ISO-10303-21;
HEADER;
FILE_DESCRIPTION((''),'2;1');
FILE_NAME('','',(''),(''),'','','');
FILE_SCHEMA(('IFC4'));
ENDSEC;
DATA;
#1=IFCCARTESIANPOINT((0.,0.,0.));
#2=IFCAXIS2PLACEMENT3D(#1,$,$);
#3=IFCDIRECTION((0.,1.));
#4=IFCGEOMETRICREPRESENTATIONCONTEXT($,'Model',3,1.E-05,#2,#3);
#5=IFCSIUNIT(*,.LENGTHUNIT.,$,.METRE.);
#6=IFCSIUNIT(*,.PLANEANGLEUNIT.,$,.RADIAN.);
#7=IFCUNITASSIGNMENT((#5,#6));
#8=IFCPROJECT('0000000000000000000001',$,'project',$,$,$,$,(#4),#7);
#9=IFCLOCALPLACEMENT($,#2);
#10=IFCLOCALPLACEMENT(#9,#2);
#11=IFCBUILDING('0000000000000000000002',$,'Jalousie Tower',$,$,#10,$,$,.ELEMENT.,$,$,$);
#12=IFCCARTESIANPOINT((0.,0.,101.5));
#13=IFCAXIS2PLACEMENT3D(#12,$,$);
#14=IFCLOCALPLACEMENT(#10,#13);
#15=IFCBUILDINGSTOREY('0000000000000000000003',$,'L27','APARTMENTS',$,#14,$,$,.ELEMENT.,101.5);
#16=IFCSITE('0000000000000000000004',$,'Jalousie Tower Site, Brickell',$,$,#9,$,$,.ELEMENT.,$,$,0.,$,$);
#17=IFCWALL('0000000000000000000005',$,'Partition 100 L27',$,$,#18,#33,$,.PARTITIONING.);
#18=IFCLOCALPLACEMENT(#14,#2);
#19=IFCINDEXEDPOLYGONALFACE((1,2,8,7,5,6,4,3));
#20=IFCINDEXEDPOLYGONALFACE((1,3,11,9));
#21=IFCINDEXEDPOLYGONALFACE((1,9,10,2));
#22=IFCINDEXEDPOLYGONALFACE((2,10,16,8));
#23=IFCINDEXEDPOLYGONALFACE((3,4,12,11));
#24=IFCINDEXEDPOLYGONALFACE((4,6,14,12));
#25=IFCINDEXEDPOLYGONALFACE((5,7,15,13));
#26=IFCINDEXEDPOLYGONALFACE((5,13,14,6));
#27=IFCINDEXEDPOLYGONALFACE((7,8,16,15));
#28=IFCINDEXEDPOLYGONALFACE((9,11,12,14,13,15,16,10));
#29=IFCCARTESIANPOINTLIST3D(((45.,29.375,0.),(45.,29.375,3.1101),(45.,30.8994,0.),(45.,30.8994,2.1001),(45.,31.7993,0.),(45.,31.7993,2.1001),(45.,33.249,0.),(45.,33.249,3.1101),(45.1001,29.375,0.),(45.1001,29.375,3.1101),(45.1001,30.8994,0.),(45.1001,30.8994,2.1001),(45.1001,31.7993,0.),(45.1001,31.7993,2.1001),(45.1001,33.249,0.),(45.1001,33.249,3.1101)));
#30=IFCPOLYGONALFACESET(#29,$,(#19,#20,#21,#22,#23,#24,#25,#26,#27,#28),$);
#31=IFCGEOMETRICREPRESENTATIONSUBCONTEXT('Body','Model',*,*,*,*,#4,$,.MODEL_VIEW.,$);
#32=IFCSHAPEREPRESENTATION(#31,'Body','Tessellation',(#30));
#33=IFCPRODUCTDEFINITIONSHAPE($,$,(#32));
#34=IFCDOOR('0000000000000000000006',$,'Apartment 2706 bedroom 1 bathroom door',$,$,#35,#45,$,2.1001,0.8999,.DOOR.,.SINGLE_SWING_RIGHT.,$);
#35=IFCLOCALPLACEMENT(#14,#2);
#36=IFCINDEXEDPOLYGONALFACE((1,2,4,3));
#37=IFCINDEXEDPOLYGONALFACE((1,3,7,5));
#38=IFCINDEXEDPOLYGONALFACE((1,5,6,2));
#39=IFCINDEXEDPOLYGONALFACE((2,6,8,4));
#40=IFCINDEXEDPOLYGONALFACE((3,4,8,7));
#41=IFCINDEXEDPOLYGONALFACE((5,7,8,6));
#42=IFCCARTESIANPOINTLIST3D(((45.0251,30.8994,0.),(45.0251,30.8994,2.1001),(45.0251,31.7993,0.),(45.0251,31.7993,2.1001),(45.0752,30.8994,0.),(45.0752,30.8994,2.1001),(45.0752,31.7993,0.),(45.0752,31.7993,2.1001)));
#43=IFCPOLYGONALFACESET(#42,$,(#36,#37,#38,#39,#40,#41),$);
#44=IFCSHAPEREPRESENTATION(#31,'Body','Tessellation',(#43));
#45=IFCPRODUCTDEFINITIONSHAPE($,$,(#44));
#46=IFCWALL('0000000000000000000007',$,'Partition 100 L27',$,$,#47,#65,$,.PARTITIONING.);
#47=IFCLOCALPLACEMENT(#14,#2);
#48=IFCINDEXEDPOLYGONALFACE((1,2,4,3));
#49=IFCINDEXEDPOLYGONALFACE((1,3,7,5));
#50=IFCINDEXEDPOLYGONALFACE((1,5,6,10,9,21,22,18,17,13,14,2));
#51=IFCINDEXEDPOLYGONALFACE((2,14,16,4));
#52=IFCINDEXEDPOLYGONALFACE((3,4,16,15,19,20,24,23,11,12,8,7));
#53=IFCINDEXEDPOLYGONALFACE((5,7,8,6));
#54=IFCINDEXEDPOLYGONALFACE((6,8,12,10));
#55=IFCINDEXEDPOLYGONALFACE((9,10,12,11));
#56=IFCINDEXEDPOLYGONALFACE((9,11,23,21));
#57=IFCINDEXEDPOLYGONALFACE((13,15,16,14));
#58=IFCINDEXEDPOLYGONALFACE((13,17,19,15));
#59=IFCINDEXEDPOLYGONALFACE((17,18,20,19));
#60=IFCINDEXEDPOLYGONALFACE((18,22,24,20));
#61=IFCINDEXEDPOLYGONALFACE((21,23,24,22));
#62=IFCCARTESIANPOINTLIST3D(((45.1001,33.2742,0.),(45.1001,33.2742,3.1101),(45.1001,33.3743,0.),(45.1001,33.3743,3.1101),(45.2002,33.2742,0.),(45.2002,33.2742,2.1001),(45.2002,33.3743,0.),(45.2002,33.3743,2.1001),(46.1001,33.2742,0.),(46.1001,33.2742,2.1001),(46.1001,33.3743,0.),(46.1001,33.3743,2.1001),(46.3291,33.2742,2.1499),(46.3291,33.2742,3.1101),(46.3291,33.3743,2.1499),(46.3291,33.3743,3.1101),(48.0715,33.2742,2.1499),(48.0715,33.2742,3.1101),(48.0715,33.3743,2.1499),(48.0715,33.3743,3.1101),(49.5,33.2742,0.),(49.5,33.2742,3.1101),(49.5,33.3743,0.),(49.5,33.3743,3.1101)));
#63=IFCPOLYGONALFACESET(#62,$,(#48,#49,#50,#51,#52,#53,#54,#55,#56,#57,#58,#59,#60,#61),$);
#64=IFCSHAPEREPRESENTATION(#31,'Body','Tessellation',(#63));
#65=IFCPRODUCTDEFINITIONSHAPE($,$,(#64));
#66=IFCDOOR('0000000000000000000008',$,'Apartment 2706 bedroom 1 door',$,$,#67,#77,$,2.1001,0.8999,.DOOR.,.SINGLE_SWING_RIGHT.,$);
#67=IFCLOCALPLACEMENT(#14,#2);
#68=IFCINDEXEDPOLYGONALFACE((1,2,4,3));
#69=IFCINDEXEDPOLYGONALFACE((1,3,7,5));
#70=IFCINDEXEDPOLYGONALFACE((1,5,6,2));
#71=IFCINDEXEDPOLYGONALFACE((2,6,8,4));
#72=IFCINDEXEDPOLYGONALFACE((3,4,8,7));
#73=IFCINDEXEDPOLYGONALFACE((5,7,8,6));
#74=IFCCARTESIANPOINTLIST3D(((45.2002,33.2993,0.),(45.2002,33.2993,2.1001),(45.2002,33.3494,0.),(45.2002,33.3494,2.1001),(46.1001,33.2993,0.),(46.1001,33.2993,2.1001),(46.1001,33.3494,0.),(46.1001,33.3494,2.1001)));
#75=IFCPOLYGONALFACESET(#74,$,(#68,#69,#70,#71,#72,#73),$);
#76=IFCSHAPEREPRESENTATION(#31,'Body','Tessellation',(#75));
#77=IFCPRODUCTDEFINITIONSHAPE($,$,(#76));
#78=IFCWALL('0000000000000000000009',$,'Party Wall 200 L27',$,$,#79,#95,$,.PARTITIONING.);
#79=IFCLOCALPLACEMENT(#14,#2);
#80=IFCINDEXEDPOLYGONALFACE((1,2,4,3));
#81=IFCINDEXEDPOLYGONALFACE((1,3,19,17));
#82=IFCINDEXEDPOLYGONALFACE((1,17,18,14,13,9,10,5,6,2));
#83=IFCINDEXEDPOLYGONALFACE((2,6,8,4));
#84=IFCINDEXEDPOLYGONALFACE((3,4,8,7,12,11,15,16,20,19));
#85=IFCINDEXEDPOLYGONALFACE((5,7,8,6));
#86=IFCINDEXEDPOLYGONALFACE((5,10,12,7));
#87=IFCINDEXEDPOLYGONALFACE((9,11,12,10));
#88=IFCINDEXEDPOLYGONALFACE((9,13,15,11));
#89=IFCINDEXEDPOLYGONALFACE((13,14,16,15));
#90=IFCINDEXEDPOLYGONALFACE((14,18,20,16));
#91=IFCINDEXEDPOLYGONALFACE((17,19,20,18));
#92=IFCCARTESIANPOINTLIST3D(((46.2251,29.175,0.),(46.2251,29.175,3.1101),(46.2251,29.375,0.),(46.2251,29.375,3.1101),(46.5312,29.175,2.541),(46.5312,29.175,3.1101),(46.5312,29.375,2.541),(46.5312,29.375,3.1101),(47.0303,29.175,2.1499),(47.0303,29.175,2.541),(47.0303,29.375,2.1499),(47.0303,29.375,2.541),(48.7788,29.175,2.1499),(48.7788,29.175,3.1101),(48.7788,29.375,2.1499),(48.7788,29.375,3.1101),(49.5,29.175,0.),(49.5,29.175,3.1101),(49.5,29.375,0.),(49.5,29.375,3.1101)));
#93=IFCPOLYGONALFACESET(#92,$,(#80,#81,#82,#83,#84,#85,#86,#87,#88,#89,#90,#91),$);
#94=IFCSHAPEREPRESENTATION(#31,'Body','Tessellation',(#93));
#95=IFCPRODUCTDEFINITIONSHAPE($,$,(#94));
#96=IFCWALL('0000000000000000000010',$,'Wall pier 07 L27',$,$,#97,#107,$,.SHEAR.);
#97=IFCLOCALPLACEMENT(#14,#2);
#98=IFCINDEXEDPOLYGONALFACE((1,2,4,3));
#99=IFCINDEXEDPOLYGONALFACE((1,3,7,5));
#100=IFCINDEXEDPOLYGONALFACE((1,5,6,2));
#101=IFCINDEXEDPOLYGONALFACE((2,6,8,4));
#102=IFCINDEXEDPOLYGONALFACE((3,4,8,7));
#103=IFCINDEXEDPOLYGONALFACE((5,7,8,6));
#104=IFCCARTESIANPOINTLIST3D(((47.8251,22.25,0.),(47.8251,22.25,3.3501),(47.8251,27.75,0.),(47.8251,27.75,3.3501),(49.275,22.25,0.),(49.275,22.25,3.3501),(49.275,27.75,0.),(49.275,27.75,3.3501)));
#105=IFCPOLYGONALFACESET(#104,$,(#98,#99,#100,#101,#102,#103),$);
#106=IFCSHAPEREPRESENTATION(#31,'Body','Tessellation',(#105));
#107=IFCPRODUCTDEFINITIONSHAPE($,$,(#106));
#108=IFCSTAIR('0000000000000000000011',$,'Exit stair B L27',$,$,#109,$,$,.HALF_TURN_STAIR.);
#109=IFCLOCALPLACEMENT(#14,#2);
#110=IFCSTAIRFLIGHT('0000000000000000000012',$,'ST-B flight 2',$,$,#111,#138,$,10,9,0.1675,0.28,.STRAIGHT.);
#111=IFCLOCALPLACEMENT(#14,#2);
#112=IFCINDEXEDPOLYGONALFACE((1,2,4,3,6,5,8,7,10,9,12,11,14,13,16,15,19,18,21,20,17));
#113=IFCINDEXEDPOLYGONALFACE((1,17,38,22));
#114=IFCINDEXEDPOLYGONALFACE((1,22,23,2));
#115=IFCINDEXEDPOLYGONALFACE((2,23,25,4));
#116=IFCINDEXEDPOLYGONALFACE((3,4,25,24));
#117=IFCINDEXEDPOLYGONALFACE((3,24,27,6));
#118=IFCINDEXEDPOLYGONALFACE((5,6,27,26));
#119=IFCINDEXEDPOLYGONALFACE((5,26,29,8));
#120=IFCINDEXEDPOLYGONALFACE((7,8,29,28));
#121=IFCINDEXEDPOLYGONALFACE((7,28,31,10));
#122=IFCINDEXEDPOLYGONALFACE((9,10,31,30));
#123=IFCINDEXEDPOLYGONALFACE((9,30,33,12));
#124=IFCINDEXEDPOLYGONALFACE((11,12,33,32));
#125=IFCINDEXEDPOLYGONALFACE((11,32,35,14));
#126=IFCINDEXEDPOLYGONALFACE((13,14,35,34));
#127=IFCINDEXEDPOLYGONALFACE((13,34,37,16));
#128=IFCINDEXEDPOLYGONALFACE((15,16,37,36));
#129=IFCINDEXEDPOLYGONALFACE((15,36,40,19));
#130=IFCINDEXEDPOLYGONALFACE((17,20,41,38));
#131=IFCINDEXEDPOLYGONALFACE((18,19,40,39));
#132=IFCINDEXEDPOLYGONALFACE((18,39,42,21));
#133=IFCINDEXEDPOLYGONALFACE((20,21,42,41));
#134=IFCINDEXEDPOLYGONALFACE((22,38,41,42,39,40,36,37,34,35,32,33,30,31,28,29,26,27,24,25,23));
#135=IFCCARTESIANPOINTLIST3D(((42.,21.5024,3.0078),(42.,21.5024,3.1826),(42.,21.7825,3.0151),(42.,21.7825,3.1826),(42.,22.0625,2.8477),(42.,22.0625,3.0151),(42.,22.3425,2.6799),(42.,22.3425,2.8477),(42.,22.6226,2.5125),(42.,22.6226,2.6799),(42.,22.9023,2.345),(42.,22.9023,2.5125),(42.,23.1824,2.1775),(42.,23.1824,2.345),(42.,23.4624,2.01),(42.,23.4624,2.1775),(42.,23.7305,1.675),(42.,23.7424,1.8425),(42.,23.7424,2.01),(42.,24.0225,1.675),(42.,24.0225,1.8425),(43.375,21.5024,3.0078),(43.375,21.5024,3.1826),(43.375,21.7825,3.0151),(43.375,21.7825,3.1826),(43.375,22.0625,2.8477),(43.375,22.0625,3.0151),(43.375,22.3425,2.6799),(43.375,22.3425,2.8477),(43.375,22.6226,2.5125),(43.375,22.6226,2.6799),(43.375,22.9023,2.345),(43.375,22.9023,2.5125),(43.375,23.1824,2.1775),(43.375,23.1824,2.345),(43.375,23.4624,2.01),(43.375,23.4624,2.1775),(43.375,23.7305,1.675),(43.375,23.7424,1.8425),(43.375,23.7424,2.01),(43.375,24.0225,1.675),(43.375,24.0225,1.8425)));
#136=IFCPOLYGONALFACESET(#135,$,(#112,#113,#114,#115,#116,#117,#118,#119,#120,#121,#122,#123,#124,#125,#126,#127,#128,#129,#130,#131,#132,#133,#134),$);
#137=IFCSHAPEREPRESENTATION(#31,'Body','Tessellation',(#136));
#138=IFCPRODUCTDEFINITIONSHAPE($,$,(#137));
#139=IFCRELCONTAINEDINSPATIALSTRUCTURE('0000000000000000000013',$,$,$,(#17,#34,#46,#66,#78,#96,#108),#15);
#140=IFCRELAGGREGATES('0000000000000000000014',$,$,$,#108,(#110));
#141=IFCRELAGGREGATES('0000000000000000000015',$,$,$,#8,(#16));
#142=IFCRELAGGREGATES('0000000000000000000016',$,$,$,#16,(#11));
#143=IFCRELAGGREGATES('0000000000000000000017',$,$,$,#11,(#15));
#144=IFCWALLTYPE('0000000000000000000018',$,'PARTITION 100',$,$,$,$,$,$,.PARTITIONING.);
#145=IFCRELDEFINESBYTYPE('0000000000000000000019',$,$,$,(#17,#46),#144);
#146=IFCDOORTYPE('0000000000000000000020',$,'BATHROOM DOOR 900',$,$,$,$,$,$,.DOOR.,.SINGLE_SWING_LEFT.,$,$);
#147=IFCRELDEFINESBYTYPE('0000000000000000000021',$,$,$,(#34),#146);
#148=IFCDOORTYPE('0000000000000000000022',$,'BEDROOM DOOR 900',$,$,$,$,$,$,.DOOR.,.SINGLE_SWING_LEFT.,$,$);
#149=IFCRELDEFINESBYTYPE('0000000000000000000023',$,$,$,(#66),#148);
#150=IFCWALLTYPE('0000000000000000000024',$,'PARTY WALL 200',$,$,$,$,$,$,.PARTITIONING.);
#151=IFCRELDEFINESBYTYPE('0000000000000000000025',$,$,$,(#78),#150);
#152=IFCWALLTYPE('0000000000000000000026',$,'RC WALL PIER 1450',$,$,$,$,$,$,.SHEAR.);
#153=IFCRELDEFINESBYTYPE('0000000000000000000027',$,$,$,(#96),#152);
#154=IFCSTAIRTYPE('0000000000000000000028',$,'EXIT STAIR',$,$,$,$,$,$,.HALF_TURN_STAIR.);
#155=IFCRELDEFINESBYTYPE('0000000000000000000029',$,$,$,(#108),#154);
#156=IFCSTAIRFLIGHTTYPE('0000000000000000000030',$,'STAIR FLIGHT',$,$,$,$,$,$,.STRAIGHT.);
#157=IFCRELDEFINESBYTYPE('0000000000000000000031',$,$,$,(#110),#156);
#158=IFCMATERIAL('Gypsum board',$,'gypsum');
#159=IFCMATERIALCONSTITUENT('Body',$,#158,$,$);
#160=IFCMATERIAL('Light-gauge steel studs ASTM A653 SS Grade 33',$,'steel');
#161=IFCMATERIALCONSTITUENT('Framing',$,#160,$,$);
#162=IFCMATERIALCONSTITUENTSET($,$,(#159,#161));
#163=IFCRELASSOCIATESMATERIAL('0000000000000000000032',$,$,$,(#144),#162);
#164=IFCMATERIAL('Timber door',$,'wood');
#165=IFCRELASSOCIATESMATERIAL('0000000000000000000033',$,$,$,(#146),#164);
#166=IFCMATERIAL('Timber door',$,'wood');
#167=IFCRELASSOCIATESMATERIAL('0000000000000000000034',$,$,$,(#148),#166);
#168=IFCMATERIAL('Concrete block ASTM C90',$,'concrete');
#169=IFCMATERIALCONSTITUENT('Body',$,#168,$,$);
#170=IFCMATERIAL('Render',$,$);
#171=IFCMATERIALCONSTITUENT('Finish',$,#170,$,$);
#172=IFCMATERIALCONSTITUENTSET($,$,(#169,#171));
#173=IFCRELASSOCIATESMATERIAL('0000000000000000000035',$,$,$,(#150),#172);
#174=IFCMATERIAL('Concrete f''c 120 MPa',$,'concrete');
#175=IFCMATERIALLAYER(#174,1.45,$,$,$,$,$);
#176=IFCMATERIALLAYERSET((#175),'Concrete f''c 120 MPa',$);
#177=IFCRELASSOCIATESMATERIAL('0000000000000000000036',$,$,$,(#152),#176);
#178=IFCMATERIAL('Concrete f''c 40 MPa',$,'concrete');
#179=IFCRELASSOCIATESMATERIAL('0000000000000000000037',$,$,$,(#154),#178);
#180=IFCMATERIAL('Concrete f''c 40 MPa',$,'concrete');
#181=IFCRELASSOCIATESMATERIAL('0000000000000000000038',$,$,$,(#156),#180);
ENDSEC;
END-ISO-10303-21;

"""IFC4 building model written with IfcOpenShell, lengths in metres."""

from ifc_helpers import new_model, si_unit, direction, frame, frame_2d, origin, place, context, subcontext, project, spatial, polyline, rectangle, outline, extrude, material, layer, layer_set, constituent, constituent_set, type_object, element, fill, aggregate, save


model = new_model("IFC4")

# Units and contexts
model_context = context("Model", 3, precision=1e-05, world=origin(), true_north=direction((0.0, 1.0)))
body_context = subcontext(model_context, "Body", "Model", "MODEL_VIEW")
ifc_project = project(units=[si_unit("LENGTHUNIT", "METRE"), si_unit("PLANEANGLEUNIT", "RADIAN")], contexts=[model_context])

# Site, building, storey
site_placement = place(None, origin())
site = spatial("IfcSite", under=ifc_project, at=site_placement, Name="Jalousie Tower Site, Brickell", CompositionType="ELEMENT", RefElevation=0.0)
building_placement = place(site_placement, origin())
building = spatial("IfcBuilding", under=site, at=building_placement, Name="Jalousie Tower", CompositionType="ELEMENT")
storey_placement = place(building_placement, frame((0.0, 0.0, 101.5)))
storey = spatial("IfcBuildingStorey", under=building, at=storey_placement, Name="L27", Description="APARTMENTS", CompositionType="ELEMENT", Elevation=101.5)

# Walls, openings, doors
ifc_material_1 = material(Name="Gypsum board", Category="gypsum")
ifc_constituent_1 = constituent(ifc_material_1, Name="Body")
ifc_material_2 = material(Name="Light-gauge steel studs ASTM A653 SS Grade 33", Category="steel")
ifc_constituent_2 = constituent(ifc_material_2, Name="Framing")
ifc_constituent_set_1 = constituent_set(constituents=[ifc_constituent_1, ifc_constituent_2])
wall_type_1 = type_object("IfcWallType", Name="PARTITION 100", PredefinedType="PARTITIONING", material=ifc_constituent_set_1)
wall_1_placement = place(storey_placement, frame((45.05, 33.249, 0.0), z_axis=(0.0, 0.0, 1.0), x_axis=(0.0, -1.0, 0.0)))
wall_1 = element("IfcWall", 1, at=wall_1_placement, inside=storey, type_object=wall_type_1, Name="Partition 100 L27", PredefinedType="PARTITIONING", context=body_context, shape_type="SweptSolid", body=[
    extrude(rectangle(XDim=3.874, YDim=0.1001, at=frame_2d((1.937, 0.0))), origin(), (0.0, 0.0, 1.0), 3.1101),
])
opening_1_placement = place(wall_1_placement, frame((1.4497, 0.0, 0.0)))
opening_1 = element("IfcOpeningElement", 2, at=opening_1_placement, cuts=wall_1, PredefinedType="OPENING", context=body_context, shape_type="SweptSolid", body=[
    extrude(rectangle(XDim=0.8999, YDim=2.1001, at=frame_2d((0.45, 1.05))), frame((0.0, 0.0601, 0.0), z_axis=(0.0, -1.0, 0.0), x_axis=(1.0, 0.0, 0.0)), (0.0, 0.0, 1.0), 0.1201),
])
ifc_material_3 = material(Name="Timber door", Category="wood")
door_type_1 = type_object("IfcDoorType", Name="BATHROOM DOOR 900", OperationType="SINGLE_SWING_LEFT", PredefinedType="DOOR", material=ifc_material_3)
door_1_placement = place(opening_1_placement, frame((0.8999, 0.0, 0.0), z_axis=(0.0, 0.0, 1.0), x_axis=(-1.0, 0.0, 0.0)))
door_1 = element("IfcDoor", 3, at=door_1_placement, inside=storey, type_object=door_type_1, Name="Apartment 2706 bedroom 1 bathroom door", OperationType="SINGLE_SWING_RIGHT", OverallHeight=2.1001, OverallWidth=0.8999, PredefinedType="DOOR", context=body_context, shape_type="SweptSolid", body=[
    extrude(rectangle(XDim=0.8999, YDim=2.1001, at=frame_2d((0.45, 1.05))), frame((0.0, 0.0249, 0.0), z_axis=(0.0, -1.0, 0.0), x_axis=(1.0, 0.0, 0.0)), (0.0, 0.0, 1.0), 0.05),
])
fill(opening_1, door_1)
wall_2_placement = place(storey_placement, frame((45.1001, 33.3242, 0.0), z_axis=(0.0, 0.0, 1.0), x_axis=(1.0, 0.0, 0.0)))
wall_2 = element("IfcWall", 4, at=wall_2_placement, inside=storey, type_object=wall_type_1, Name="Partition 100 L27", PredefinedType="PARTITIONING", context=body_context, shape_type="SweptSolid", body=[
    extrude(outline(polyline([(0.0, 0.0), (4.3999, 0.0), (4.3999, 3.1101), (2.9714, 3.1101), (2.9714, 2.1499), (1.229, 2.1499), (1.229, 3.1101), (0.0, 3.1101), (0.0, 0.0)])), frame((0.0, 0.05, 0.0), z_axis=(0.0, -1.0, 0.0), x_axis=(1.0, 0.0, 0.0)), (0.0, 0.0, 1.0), 0.1001),
])
opening_2_placement = place(wall_2_placement, frame((0.1001, 0.0, 0.0)))
opening_2 = element("IfcOpeningElement", 5, at=opening_2_placement, cuts=wall_2, PredefinedType="OPENING", context=body_context, shape_type="SweptSolid", body=[
    extrude(rectangle(XDim=0.8999, YDim=2.1001, at=frame_2d((0.45, 1.05))), frame((0.0, 0.0601, 0.0), z_axis=(0.0, -1.0, 0.0), x_axis=(1.0, 0.0, 0.0)), (0.0, 0.0, 1.0), 0.1201),
])
ifc_material_4 = material(Name="Timber door", Category="wood")
door_type_2 = type_object("IfcDoorType", Name="BEDROOM DOOR 900", OperationType="SINGLE_SWING_LEFT", PredefinedType="DOOR", material=ifc_material_4)
door_2_placement = place(opening_2_placement, frame((0.8999, 0.0, 0.0), z_axis=(0.0, 0.0, 1.0), x_axis=(-1.0, 0.0, 0.0)))
door_2 = element("IfcDoor", 6, at=door_2_placement, inside=storey, type_object=door_type_2, Name="Apartment 2706 bedroom 1 door", OperationType="SINGLE_SWING_RIGHT", OverallHeight=2.1001, OverallWidth=0.8999, PredefinedType="DOOR", context=body_context, shape_type="SweptSolid", body=[
    extrude(rectangle(XDim=0.8999, YDim=2.1001, at=frame_2d((0.45, 1.05))), frame((0.0, 0.0249, 0.0), z_axis=(0.0, -1.0, 0.0), x_axis=(1.0, 0.0, 0.0)), (0.0, 0.0, 1.0), 0.05),
])
fill(opening_2, door_2)

# Walls
ifc_material_5 = material(Name="Concrete block ASTM C90", Category="concrete")
ifc_constituent_3 = constituent(ifc_material_5, Name="Body")
ifc_material_6 = material(Name="Render")
ifc_constituent_4 = constituent(ifc_material_6, Name="Finish")
ifc_constituent_set_2 = constituent_set(constituents=[ifc_constituent_3, ifc_constituent_4])
wall_type_2 = type_object("IfcWallType", Name="PARTY WALL 200", PredefinedType="PARTITIONING", material=ifc_constituent_set_2)
wall_3_placement = place(storey_placement, frame((46.2251, 29.2749, 0.0), z_axis=(0.0, 0.0, 1.0), x_axis=(1.0, 0.0, 0.0)))
element("IfcWall", 7, at=wall_3_placement, inside=storey, type_object=wall_type_2, Name="Party Wall 200 L27", PredefinedType="PARTITIONING", context=body_context, shape_type="SweptSolid", body=[
    extrude(outline(polyline([(0.0, 0.0), (3.2749, 0.0), (3.2749, 3.1101), (2.5537, 3.1101), (2.5537, 2.1499), (0.8052, 2.1499), (0.8052, 2.541), (0.3062, 2.541), (0.3062, 3.1101), (0.0, 3.1101), (0.0, 0.0)])), frame((0.0, 0.1001, 0.0), z_axis=(0.0, -1.0, 0.0), x_axis=(1.0, 0.0, 0.0)), (0.0, 0.0, 1.0), 0.2),
])
ifc_material_7 = material(Name="Concrete f'c 120 MPa", Category="concrete")
ifc_layer_1 = layer(ifc_material_7, 1.45)
ifc_layer_set_1 = layer_set([ifc_layer_1], Name="Concrete f'c 120 MPa")
wall_type_3 = type_object("IfcWallType", Name="RC WALL PIER 1450", PredefinedType="SHEAR", material=ifc_layer_set_1)
wall_4_placement = place(storey_placement, frame((48.55, 22.25, 0.0), z_axis=(0.0, 0.0, 1.0), x_axis=(0.0, 1.0, 0.0)))
element("IfcWall", 8, at=wall_4_placement, inside=storey, type_object=wall_type_3, Name="Wall pier 07 L27", PredefinedType="SHEAR", context=body_context, shape_type="SweptSolid", body=[
    extrude(rectangle(XDim=5.5, YDim=1.45, at=frame_2d((2.75, 0.0))), origin(), (0.0, 0.0, 1.0), 3.3501),
])

# Stair, stair flight
ifc_material_8 = material(Name="Concrete f'c 40 MPa", Category="concrete")
stair_type = type_object("IfcStairType", Name="EXIT STAIR", PredefinedType="HALF_TURN_STAIR", material=ifc_material_8)
stair_placement = place(storey_placement, origin())
stair = element("IfcStair", 9, at=stair_placement, inside=storey, type_object=stair_type, Name="Exit stair B L27", PredefinedType="HALF_TURN_STAIR")
ifc_material_9 = material(Name="Concrete f'c 40 MPa", Category="concrete")
stair_flight_type = type_object("IfcStairFlightType", Name="STAIR FLIGHT", PredefinedType="STRAIGHT", material=ifc_material_9)
stair_flight_placement = place(storey_placement, frame((42.6875, 24.0225, 1.675), z_axis=(0.0, 0.0, 1.0), x_axis=(0.0, -1.0, 0.0)))
stair_flight = element("IfcStairFlight", 10, at=stair_flight_placement, type_object=stair_flight_type, Name="ST-B flight 2", NumberOfRisers=10, NumberOfTreads=9, PredefinedType="STRAIGHT", RiserHeight=0.1675, TreadLength=0.28, context=body_context, shape_type="SweptSolid", body=[
    extrude(outline(polyline([(0.0, 0.0), (0.0, 0.1675), (0.28, 0.1675), (0.28, 0.335), (0.5601, 0.335), (0.5601, 0.5024), (0.8401, 0.5024), (0.8401, 0.6699), (1.1201, 0.6699), (1.1201, 0.8374), (1.3999, 0.8374), (1.3999, 1.0049), (1.6799, 1.0049), (1.6799, 1.1726), (1.96, 1.1726), (1.96, 1.3401), (2.24, 1.3401), (2.24, 1.5076), (2.52, 1.5076), (2.52, 1.675), (2.52, 1.3328), (0.292, 0.0), (0.0, 0.0)])), frame((0.0, 0.6875, 0.0), z_axis=(0.0, -1.0, 0.0), x_axis=(1.0, 0.0, 0.0)), (0.0, 0.0, 1.0), 1.375),
])
aggregate(stair, [stair_flight])

save(model, "model.ifc")
